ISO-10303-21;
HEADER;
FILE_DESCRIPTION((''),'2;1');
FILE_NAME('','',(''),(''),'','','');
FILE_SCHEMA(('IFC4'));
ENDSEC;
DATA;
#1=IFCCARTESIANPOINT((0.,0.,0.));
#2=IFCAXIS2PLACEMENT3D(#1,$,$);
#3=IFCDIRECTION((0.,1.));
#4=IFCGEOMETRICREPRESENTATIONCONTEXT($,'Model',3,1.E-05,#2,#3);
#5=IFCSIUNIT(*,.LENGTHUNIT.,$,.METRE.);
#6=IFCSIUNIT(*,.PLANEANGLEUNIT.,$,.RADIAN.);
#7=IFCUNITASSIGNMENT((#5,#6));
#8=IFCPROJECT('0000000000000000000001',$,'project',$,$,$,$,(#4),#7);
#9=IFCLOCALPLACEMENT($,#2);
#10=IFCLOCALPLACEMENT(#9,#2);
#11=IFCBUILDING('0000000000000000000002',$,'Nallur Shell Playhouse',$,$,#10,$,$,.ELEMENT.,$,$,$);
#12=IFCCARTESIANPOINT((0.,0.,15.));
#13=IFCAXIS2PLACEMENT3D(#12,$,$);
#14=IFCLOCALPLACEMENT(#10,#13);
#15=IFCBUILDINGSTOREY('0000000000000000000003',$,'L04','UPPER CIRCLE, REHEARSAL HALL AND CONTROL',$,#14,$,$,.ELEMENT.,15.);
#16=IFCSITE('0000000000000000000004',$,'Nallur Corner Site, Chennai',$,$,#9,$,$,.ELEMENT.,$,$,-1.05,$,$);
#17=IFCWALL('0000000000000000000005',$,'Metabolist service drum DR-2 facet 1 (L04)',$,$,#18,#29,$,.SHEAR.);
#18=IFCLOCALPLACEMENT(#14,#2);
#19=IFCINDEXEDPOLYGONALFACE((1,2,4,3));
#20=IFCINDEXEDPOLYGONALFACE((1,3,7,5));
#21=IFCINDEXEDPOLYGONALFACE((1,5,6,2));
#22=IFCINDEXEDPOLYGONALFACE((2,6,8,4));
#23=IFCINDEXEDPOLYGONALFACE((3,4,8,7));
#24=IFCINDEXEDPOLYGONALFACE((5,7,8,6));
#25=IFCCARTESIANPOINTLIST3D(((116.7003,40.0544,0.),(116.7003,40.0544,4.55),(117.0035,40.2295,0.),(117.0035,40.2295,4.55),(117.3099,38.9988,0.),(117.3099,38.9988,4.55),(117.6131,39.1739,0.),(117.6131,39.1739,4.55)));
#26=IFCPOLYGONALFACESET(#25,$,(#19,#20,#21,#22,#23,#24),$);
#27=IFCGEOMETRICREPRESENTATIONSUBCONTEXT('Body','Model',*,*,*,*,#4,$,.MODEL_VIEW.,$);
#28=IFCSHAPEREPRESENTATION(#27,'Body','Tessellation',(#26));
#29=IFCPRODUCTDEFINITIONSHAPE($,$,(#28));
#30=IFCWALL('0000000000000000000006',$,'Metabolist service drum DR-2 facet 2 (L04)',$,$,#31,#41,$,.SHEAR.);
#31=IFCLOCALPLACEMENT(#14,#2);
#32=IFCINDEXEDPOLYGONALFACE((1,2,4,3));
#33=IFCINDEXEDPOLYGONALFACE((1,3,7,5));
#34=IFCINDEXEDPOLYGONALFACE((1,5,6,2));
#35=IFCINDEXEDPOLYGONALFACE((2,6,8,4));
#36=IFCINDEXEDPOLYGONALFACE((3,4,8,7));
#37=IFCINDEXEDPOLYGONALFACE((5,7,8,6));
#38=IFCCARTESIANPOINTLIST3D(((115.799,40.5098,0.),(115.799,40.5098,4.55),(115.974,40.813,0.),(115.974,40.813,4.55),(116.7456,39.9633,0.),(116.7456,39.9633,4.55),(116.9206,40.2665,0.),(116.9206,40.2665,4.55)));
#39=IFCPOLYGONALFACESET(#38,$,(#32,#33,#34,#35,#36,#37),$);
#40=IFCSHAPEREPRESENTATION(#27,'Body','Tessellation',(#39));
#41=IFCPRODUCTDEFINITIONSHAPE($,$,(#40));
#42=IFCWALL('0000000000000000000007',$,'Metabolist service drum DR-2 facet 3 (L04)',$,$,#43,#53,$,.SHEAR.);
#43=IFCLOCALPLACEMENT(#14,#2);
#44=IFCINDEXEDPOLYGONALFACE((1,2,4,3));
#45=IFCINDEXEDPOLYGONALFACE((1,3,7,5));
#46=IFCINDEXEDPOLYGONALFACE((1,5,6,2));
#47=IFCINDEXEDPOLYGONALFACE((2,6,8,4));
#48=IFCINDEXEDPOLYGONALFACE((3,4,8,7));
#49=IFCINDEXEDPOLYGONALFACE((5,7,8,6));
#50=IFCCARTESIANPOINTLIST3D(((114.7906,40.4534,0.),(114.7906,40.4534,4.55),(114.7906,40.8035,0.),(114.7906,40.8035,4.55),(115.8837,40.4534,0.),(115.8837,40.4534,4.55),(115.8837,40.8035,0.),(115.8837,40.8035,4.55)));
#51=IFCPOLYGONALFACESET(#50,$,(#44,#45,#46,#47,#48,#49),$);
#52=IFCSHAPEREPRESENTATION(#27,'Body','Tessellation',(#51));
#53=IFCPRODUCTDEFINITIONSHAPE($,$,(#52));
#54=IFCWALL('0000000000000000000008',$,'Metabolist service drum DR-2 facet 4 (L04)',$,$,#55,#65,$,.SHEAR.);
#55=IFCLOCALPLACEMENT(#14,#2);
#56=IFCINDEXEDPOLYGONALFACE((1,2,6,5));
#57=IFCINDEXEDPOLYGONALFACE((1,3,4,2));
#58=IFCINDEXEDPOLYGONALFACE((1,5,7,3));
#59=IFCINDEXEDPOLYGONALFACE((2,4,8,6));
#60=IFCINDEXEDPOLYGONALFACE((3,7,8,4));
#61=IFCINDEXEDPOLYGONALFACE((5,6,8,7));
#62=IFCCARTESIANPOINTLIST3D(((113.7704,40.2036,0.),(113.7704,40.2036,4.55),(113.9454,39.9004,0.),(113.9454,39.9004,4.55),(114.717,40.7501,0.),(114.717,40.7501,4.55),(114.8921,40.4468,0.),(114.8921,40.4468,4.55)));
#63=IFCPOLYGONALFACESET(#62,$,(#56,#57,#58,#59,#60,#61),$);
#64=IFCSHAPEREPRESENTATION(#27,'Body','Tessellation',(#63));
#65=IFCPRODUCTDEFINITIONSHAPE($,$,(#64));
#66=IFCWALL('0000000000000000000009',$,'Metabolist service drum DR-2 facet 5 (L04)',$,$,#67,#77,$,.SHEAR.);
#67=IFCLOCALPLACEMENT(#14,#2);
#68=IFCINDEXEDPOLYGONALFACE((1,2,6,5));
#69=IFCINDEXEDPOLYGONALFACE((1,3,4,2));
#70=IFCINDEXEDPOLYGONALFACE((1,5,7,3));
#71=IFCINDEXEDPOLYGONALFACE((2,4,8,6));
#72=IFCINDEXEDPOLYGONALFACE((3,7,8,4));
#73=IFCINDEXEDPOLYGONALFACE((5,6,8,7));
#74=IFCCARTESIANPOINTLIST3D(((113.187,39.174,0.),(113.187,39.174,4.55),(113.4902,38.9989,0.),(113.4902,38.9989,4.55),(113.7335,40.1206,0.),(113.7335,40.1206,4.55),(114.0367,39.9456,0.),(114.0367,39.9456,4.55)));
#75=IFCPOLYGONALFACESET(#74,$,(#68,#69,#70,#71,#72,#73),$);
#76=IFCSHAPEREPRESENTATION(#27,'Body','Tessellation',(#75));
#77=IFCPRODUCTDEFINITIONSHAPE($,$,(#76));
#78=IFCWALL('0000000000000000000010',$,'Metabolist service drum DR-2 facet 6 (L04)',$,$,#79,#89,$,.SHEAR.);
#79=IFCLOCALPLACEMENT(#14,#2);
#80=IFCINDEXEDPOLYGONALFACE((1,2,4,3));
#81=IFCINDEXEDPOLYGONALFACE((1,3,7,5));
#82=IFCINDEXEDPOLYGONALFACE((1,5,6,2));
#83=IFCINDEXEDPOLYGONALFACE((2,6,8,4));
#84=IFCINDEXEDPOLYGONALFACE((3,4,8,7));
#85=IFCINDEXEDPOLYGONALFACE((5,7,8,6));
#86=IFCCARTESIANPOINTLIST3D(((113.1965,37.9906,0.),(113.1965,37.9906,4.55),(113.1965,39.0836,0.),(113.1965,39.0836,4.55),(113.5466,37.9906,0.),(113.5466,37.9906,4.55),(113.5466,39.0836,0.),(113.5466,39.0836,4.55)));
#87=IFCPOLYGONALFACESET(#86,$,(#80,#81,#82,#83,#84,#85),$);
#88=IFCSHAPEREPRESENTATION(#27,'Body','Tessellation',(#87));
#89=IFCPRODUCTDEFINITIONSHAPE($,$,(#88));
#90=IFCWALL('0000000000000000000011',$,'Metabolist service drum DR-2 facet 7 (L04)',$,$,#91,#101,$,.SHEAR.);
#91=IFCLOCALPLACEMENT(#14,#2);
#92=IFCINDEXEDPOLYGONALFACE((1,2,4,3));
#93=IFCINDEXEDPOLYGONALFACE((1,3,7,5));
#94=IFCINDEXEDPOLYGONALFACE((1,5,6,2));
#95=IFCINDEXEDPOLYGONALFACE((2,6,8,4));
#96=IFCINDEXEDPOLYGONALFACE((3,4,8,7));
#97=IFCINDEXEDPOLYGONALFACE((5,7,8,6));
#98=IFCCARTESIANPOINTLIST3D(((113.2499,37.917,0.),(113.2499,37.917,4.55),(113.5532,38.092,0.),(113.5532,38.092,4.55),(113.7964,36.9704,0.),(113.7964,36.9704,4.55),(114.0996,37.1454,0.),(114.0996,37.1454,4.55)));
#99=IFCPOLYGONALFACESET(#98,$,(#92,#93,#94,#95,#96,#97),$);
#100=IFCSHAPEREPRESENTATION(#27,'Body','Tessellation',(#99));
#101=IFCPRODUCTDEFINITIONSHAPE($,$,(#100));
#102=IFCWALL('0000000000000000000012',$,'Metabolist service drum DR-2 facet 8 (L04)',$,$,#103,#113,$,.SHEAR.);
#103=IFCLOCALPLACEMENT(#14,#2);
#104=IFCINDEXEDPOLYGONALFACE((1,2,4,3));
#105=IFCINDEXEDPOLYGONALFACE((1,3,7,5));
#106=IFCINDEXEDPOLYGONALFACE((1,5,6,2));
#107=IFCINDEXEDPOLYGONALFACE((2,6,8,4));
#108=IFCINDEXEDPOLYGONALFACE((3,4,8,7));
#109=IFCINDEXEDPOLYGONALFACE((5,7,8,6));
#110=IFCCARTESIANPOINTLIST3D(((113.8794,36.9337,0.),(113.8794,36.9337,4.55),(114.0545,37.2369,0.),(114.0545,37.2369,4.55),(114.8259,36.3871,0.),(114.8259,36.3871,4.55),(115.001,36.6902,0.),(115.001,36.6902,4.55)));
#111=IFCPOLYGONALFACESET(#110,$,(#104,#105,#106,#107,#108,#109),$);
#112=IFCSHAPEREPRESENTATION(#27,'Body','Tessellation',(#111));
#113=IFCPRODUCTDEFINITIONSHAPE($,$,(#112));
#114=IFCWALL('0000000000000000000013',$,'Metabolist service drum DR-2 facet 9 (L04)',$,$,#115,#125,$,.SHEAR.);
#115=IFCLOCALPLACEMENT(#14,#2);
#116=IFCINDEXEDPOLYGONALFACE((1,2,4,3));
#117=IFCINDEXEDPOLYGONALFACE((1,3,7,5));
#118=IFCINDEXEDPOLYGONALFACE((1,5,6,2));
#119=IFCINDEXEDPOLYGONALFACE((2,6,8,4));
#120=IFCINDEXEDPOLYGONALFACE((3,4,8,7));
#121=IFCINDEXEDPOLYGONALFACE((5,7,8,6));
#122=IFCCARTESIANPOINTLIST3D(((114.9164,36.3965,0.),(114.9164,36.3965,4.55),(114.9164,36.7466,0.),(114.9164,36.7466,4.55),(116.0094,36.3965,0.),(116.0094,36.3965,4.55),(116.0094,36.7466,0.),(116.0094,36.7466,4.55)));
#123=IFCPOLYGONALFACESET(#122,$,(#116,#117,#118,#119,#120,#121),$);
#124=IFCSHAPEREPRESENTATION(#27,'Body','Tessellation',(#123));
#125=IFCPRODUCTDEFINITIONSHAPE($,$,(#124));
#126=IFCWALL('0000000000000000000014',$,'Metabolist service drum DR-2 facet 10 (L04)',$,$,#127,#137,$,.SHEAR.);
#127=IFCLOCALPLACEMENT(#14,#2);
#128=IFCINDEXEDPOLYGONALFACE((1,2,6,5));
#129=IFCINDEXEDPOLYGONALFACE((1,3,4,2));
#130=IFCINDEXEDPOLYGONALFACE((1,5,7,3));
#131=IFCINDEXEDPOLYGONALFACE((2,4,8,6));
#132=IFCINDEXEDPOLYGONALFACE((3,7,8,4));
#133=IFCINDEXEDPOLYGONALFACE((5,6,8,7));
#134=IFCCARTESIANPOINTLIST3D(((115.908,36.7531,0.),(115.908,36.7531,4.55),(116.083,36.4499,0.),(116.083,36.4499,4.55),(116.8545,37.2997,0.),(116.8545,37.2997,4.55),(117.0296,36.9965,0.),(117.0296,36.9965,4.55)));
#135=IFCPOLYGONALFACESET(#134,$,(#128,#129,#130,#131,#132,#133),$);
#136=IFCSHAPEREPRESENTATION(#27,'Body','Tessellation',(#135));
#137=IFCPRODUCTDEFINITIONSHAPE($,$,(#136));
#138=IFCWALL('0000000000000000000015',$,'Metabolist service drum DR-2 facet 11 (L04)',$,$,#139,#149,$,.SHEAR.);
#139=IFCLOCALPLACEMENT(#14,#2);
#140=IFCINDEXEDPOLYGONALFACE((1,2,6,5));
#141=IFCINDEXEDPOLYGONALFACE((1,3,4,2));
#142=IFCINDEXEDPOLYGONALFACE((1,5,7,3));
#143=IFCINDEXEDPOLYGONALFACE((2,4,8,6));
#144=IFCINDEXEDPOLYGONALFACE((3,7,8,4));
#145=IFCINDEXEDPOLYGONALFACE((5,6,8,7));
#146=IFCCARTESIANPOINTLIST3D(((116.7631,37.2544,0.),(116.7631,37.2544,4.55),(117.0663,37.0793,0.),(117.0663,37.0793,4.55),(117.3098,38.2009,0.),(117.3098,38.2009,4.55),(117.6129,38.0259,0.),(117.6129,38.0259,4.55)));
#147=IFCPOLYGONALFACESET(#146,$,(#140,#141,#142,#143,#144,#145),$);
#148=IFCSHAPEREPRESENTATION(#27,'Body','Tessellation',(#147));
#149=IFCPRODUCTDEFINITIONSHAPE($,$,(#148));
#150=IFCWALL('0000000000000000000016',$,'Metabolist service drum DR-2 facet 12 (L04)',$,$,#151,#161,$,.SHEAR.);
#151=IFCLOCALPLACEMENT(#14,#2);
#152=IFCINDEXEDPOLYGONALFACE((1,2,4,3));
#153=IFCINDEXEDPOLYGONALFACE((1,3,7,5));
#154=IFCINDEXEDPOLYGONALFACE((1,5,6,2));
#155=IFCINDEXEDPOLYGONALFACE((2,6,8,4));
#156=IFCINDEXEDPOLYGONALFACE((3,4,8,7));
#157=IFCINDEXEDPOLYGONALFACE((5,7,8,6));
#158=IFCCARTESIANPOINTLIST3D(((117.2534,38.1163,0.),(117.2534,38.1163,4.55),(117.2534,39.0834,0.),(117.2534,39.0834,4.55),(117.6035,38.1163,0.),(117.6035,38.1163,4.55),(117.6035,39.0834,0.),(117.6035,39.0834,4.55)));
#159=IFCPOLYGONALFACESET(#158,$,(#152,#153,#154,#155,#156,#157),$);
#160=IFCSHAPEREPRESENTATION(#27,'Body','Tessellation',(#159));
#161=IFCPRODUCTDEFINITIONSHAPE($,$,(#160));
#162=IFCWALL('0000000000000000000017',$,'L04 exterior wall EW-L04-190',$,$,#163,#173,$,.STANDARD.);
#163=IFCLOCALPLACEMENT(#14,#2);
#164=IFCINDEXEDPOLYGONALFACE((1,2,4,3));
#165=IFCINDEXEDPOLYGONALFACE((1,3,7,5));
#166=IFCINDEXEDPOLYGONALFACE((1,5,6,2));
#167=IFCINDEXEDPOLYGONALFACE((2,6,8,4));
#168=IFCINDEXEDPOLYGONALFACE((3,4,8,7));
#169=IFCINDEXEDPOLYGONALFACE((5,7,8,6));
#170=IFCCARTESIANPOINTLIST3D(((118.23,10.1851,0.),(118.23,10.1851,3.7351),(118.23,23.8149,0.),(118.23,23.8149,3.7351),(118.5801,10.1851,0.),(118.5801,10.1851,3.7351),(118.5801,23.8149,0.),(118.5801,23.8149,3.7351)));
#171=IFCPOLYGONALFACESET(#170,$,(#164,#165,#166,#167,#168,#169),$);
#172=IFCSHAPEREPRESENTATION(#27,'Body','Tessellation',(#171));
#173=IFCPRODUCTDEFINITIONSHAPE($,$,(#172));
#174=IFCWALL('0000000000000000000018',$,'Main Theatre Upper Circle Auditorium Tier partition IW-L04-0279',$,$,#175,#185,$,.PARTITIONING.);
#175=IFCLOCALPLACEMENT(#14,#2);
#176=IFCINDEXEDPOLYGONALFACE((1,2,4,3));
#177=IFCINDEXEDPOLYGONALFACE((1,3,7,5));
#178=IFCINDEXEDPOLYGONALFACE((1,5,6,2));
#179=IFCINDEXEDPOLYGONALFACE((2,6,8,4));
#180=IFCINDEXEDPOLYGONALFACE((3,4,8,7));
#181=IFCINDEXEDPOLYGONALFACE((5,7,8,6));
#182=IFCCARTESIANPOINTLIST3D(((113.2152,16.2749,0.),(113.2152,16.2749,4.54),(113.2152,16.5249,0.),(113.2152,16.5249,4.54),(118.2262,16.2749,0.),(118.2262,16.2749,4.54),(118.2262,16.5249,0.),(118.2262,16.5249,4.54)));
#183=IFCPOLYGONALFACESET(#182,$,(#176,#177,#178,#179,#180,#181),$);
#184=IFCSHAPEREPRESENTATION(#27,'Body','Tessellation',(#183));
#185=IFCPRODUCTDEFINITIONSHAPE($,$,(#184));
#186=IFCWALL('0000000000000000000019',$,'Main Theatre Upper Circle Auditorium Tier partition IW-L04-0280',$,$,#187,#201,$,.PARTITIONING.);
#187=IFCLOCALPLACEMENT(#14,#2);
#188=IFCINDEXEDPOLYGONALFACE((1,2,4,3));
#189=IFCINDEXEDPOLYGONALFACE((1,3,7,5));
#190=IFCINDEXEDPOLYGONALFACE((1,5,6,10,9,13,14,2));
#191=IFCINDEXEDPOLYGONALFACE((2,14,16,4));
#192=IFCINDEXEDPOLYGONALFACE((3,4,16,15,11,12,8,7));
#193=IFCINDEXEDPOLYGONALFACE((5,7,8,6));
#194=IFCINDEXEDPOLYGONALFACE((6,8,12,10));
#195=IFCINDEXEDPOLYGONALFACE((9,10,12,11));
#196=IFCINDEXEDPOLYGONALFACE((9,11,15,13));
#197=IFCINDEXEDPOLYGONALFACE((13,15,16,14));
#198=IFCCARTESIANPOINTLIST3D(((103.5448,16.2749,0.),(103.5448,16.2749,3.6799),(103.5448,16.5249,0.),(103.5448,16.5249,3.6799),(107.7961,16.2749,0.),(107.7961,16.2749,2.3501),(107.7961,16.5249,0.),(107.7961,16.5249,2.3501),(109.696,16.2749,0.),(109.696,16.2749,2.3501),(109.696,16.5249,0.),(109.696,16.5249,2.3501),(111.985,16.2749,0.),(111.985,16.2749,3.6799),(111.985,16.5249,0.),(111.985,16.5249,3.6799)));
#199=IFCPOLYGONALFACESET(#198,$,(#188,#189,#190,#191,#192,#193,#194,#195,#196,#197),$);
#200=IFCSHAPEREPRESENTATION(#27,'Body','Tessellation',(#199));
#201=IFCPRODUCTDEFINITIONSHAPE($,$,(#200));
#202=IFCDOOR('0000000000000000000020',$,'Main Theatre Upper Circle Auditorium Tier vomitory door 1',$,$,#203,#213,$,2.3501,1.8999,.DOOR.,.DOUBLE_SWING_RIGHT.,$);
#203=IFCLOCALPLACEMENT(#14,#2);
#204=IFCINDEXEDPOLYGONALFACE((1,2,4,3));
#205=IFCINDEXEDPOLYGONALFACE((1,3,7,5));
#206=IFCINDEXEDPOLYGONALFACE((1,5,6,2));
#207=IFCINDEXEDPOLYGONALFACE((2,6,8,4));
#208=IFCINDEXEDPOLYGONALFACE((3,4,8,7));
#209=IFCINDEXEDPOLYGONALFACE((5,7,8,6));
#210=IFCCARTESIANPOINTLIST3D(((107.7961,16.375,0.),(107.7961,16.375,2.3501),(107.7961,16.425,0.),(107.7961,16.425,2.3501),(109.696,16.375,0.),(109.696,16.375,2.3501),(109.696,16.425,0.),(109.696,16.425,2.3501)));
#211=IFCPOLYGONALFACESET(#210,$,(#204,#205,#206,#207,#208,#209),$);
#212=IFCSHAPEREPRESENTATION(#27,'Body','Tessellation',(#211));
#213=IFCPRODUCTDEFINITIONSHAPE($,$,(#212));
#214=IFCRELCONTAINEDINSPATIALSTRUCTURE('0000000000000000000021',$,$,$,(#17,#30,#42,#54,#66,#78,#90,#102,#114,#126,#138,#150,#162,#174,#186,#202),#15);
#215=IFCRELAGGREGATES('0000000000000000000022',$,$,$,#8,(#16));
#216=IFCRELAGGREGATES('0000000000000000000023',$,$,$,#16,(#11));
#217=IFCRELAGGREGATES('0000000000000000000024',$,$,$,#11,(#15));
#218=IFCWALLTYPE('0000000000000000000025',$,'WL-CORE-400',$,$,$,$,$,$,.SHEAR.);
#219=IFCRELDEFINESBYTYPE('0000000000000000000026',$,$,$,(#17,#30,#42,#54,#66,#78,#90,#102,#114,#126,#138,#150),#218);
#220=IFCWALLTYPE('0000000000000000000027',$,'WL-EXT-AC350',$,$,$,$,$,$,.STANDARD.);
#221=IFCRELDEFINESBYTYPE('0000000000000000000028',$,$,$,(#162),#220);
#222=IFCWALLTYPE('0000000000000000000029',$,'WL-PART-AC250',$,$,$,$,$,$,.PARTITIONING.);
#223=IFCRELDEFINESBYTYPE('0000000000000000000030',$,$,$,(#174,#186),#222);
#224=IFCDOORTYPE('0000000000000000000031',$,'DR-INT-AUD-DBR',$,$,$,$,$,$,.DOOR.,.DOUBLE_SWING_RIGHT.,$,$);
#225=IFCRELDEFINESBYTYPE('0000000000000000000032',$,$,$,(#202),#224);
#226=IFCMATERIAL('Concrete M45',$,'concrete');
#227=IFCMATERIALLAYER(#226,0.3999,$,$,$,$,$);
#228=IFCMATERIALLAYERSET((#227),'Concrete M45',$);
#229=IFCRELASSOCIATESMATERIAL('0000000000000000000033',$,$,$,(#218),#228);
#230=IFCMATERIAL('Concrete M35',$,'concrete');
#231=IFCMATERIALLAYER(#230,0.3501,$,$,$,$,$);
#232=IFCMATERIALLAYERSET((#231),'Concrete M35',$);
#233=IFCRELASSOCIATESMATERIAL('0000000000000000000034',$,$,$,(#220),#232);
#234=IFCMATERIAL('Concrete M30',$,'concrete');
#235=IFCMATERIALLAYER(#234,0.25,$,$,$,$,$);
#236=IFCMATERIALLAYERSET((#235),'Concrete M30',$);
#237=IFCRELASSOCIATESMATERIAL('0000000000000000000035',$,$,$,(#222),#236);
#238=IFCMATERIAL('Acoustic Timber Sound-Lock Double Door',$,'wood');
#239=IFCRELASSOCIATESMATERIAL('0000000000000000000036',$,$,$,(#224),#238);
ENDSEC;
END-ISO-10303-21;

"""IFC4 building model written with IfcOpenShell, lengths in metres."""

from ifc_helpers import new_model, si_unit, direction, frame, frame_2d, origin, place, context, subcontext, project, spatial, rectangle, extrude, material, layer, layer_set, type_object, element, fill, save


model = new_model("IFC4")

# Units and contexts
model_context = context("Model", 3, precision=1e-05, world=origin(), true_north=direction((0.0, 1.0)))
body_context = subcontext(model_context, "Body", "Model", "MODEL_VIEW")
ifc_project = project(units=[si_unit("LENGTHUNIT", "METRE"), si_unit("PLANEANGLEUNIT", "RADIAN")], contexts=[model_context])

# Site, building, storey
site_placement = place(None, origin())
site = spatial("IfcSite", under=ifc_project, at=site_placement, Name="Nallur Corner Site, Chennai", CompositionType="ELEMENT", RefElevation=-1.05)
building_placement = place(site_placement, origin())
building = spatial("IfcBuilding", under=site, at=building_placement, Name="Nallur Shell Playhouse", CompositionType="ELEMENT")
storey_placement = place(building_placement, frame((0.0, 0.0, 15.0)))
storey = spatial("IfcBuildingStorey", under=building, at=storey_placement, Name="L04", Description="UPPER CIRCLE, REHEARSAL HALL AND CONTROL", CompositionType="ELEMENT", Elevation=15.0)

# Walls
ifc_material_1 = material(Name="Concrete M45", Category="concrete")
ifc_layer_1 = layer(ifc_material_1, 0.3999)
ifc_layer_set_1 = layer_set([ifc_layer_1], Name="Concrete M45")
wall_type_1 = type_object("IfcWallType", Name="WL-CORE-400", PredefinedType="SHEAR", material=ifc_layer_set_1)
wall_1_placement = place(storey_placement, frame((117.4614, 39.0864, 0.0), z_axis=(0.0, 0.0, 1.0), x_axis=(-0.500081, 0.865979, 0.0)))
element("IfcWall", 1, at=wall_1_placement, inside=storey, type_object=wall_type_1, Name="Metabolist service drum DR-2 facet 1 (L04)", PredefinedType="SHEAR", context=body_context, shape_type="SweptSolid", body=[
    extrude(rectangle(XDim=1.219, YDim=0.3501, at=frame_2d((0.6094, 0.0))), origin(), (0.0, 0.0, 1.0), 4.55),
])
for number, where, z_axis, x_axis, name in (
    (2, (116.833, 40.115, 0.0), (0.0, 0.0, 1.0), (-0.866063, 0.499935, 0.0), "Metabolist service drum DR-2 facet 2 (L04)"),
    (3, (115.8835, 40.6284, 0.0), (0.0, 0.0, 1.0), (-1.0, 0.0, 0.0), "Metabolist service drum DR-2 facet 3 (L04)"),
    (4, (114.8044, 40.5984, 0.0), (0.0, 0.0, 1.0), (-0.866063, -0.499935, 0.0), "Metabolist service drum DR-2 facet 4 (L04)"),
    (5, (113.885, 40.033, 0.0), (0.0, 0.0, 1.0), (-0.499935, -0.866063, 0.0), "Metabolist service drum DR-2 facet 5 (L04)"),
    (6, (113.3716, 39.0835, 0.0), (0.0, 0.0, 1.0), (0.0, -1.0, 0.0), "Metabolist service drum DR-2 facet 6 (L04)"),
    (7, (113.4016, 38.0044, 0.0), (0.0, 0.0, 1.0), (0.499935, -0.866063, 0.0), "Metabolist service drum DR-2 facet 7 (L04)"),
    (8, (113.967, 37.0852, 0.0), (0.0, 0.0, 1.0), (0.865966, -0.500103, 0.0), "Metabolist service drum DR-2 facet 8 (L04)"),
    (9, (114.9165, 36.5715, 0.0), (0.0, 0.0, 1.0), (1.0, 0.0, 0.0), "Metabolist service drum DR-2 facet 9 (L04)"),
    (10, (115.9956, 36.6016, 0.0), (0.0, 0.0, 1.0), (0.865966, 0.500103, 0.0), "Metabolist service drum DR-2 facet 10 (L04)"),
    (11, (116.9148, 37.167, 0.0), (0.0, 0.0, 1.0), (0.500103, 0.865966, 0.0), "Metabolist service drum DR-2 facet 11 (L04)"),
):
    element("IfcWall", number, at=place(storey_placement, frame(where, z_axis=z_axis, x_axis=x_axis)), inside=storey, type_object=wall_type_1, Name=name, PredefinedType="SHEAR", context=body_context, shape_type="SweptSolid", body=[
        extrude(rectangle(XDim=1.093, YDim=0.3501, at=frame_2d((0.5464, 0.0))), origin(), (0.0, 0.0, 1.0), 4.55),
    ])
wall_2_placement = place(storey_placement, frame((117.4285, 38.1165, 0.0), z_axis=(0.0, 0.0, 1.0), x_axis=(0.0, 1.0, 0.0)))
element("IfcWall", 12, at=wall_2_placement, inside=storey, type_object=wall_type_1, Name="Metabolist service drum DR-2 facet 12 (L04)", PredefinedType="SHEAR", context=body_context, shape_type="SweptSolid", body=[
    extrude(rectangle(XDim=0.967, YDim=0.3501, at=frame_2d((0.4834, 0.0))), origin(), (0.0, 0.0, 1.0), 4.55),
])
ifc_material_2 = material(Name="Concrete M35", Category="concrete")
ifc_layer_2 = layer(ifc_material_2, 0.3501)
ifc_layer_set_2 = layer_set([ifc_layer_2], Name="Concrete M35")
wall_type_2 = type_object("IfcWallType", Name="WL-EXT-AC350", PredefinedType="STANDARD", material=ifc_layer_set_2)
wall_3_placement = place(storey_placement, frame((118.405, 23.8149, 0.0), z_axis=(0.0, 0.0, 1.0), x_axis=(0.0, -1.0, 0.0)))
element("IfcWall", 13, at=wall_3_placement, inside=storey, type_object=wall_type_2, Name="L04 exterior wall EW-L04-190", PredefinedType="STANDARD", context=body_context, shape_type="SweptSolid", body=[
    extrude(rectangle(XDim=13.6299, YDim=0.3501, at=frame_2d((6.8149, 0.0))), origin(), (0.0, 0.0, 1.0), 3.7351),
])
ifc_material_3 = material(Name="Concrete M30", Category="concrete")
ifc_layer_3 = layer(ifc_material_3, 0.25)
ifc_layer_set_3 = layer_set([ifc_layer_3], Name="Concrete M30")
wall_type_3 = type_object("IfcWallType", Name="WL-PART-AC250", PredefinedType="PARTITIONING", material=ifc_layer_set_3)
wall_4_placement = place(storey_placement, frame((118.2261, 16.3999, 0.0), z_axis=(0.0, 0.0, 1.0), x_axis=(-1.0, 0.0, 0.0)))
element("IfcWall", 14, at=wall_4_placement, inside=storey, type_object=wall_type_3, Name="Main Theatre Upper Circle Auditorium Tier partition IW-L04-0279", PredefinedType="PARTITIONING", context=body_context, shape_type="SweptSolid", body=[
    extrude(rectangle(XDim=5.011, YDim=0.25, at=frame_2d((2.5054, 0.0))), origin(), (0.0, 0.0, 1.0), 4.54),
])

# Wall, opening, door
wall_5_placement = place(storey_placement, frame((111.9851, 16.3999, 0.0), z_axis=(0.0, 0.0, 1.0), x_axis=(-1.0, 0.0, 0.0)))
wall_5 = element("IfcWall", 15, at=wall_5_placement, inside=storey, type_object=wall_type_3, Name="Main Theatre Upper Circle Auditorium Tier partition IW-L04-0280", PredefinedType="PARTITIONING", context=body_context, shape_type="SweptSolid", body=[
    extrude(rectangle(XDim=8.4402, YDim=0.25, at=frame_2d((4.2202, 0.0))), origin(), (0.0, 0.0, 1.0), 3.6799),
])
opening_placement = place(wall_5_placement, frame((2.2891, 0.0, 0.0)))
opening = element("IfcOpeningElement", 16, at=opening_placement, cuts=wall_5, PredefinedType="OPENING", context=body_context, shape_type="SweptSolid", body=[
    extrude(rectangle(XDim=1.8999, YDim=2.3501, at=frame_2d((0.95, 1.175))), frame((0.0, 0.135, 0.0), z_axis=(0.0, -1.0, 0.0), x_axis=(1.0, 0.0, 0.0)), (0.0, 0.0, 1.0), 0.27),
])
ifc_material_4 = material(Name="Acoustic Timber Sound-Lock Double Door", Category="wood")
door_type = type_object("IfcDoorType", Name="DR-INT-AUD-DBR", OperationType="DOUBLE_SWING_RIGHT", PredefinedType="DOOR", material=ifc_material_4)
door_placement = place(opening_placement, origin())
door = element("IfcDoor", 17, at=door_placement, inside=storey, type_object=door_type, Name="Main Theatre Upper Circle Auditorium Tier vomitory door 1", OperationType="DOUBLE_SWING_RIGHT", OverallHeight=2.3501, OverallWidth=1.8999, PredefinedType="DOOR", context=body_context, shape_type="SweptSolid", body=[
    extrude(rectangle(XDim=1.8999, YDim=2.3501, at=frame_2d((0.95, 1.175))), frame((0.0, 0.0249, 0.0), z_axis=(0.0, -1.0, 0.0), x_axis=(1.0, 0.0, 0.0)), (0.0, 0.0, 1.0), 0.05),
])
fill(opening, door)

save(model, "model.ifc")
